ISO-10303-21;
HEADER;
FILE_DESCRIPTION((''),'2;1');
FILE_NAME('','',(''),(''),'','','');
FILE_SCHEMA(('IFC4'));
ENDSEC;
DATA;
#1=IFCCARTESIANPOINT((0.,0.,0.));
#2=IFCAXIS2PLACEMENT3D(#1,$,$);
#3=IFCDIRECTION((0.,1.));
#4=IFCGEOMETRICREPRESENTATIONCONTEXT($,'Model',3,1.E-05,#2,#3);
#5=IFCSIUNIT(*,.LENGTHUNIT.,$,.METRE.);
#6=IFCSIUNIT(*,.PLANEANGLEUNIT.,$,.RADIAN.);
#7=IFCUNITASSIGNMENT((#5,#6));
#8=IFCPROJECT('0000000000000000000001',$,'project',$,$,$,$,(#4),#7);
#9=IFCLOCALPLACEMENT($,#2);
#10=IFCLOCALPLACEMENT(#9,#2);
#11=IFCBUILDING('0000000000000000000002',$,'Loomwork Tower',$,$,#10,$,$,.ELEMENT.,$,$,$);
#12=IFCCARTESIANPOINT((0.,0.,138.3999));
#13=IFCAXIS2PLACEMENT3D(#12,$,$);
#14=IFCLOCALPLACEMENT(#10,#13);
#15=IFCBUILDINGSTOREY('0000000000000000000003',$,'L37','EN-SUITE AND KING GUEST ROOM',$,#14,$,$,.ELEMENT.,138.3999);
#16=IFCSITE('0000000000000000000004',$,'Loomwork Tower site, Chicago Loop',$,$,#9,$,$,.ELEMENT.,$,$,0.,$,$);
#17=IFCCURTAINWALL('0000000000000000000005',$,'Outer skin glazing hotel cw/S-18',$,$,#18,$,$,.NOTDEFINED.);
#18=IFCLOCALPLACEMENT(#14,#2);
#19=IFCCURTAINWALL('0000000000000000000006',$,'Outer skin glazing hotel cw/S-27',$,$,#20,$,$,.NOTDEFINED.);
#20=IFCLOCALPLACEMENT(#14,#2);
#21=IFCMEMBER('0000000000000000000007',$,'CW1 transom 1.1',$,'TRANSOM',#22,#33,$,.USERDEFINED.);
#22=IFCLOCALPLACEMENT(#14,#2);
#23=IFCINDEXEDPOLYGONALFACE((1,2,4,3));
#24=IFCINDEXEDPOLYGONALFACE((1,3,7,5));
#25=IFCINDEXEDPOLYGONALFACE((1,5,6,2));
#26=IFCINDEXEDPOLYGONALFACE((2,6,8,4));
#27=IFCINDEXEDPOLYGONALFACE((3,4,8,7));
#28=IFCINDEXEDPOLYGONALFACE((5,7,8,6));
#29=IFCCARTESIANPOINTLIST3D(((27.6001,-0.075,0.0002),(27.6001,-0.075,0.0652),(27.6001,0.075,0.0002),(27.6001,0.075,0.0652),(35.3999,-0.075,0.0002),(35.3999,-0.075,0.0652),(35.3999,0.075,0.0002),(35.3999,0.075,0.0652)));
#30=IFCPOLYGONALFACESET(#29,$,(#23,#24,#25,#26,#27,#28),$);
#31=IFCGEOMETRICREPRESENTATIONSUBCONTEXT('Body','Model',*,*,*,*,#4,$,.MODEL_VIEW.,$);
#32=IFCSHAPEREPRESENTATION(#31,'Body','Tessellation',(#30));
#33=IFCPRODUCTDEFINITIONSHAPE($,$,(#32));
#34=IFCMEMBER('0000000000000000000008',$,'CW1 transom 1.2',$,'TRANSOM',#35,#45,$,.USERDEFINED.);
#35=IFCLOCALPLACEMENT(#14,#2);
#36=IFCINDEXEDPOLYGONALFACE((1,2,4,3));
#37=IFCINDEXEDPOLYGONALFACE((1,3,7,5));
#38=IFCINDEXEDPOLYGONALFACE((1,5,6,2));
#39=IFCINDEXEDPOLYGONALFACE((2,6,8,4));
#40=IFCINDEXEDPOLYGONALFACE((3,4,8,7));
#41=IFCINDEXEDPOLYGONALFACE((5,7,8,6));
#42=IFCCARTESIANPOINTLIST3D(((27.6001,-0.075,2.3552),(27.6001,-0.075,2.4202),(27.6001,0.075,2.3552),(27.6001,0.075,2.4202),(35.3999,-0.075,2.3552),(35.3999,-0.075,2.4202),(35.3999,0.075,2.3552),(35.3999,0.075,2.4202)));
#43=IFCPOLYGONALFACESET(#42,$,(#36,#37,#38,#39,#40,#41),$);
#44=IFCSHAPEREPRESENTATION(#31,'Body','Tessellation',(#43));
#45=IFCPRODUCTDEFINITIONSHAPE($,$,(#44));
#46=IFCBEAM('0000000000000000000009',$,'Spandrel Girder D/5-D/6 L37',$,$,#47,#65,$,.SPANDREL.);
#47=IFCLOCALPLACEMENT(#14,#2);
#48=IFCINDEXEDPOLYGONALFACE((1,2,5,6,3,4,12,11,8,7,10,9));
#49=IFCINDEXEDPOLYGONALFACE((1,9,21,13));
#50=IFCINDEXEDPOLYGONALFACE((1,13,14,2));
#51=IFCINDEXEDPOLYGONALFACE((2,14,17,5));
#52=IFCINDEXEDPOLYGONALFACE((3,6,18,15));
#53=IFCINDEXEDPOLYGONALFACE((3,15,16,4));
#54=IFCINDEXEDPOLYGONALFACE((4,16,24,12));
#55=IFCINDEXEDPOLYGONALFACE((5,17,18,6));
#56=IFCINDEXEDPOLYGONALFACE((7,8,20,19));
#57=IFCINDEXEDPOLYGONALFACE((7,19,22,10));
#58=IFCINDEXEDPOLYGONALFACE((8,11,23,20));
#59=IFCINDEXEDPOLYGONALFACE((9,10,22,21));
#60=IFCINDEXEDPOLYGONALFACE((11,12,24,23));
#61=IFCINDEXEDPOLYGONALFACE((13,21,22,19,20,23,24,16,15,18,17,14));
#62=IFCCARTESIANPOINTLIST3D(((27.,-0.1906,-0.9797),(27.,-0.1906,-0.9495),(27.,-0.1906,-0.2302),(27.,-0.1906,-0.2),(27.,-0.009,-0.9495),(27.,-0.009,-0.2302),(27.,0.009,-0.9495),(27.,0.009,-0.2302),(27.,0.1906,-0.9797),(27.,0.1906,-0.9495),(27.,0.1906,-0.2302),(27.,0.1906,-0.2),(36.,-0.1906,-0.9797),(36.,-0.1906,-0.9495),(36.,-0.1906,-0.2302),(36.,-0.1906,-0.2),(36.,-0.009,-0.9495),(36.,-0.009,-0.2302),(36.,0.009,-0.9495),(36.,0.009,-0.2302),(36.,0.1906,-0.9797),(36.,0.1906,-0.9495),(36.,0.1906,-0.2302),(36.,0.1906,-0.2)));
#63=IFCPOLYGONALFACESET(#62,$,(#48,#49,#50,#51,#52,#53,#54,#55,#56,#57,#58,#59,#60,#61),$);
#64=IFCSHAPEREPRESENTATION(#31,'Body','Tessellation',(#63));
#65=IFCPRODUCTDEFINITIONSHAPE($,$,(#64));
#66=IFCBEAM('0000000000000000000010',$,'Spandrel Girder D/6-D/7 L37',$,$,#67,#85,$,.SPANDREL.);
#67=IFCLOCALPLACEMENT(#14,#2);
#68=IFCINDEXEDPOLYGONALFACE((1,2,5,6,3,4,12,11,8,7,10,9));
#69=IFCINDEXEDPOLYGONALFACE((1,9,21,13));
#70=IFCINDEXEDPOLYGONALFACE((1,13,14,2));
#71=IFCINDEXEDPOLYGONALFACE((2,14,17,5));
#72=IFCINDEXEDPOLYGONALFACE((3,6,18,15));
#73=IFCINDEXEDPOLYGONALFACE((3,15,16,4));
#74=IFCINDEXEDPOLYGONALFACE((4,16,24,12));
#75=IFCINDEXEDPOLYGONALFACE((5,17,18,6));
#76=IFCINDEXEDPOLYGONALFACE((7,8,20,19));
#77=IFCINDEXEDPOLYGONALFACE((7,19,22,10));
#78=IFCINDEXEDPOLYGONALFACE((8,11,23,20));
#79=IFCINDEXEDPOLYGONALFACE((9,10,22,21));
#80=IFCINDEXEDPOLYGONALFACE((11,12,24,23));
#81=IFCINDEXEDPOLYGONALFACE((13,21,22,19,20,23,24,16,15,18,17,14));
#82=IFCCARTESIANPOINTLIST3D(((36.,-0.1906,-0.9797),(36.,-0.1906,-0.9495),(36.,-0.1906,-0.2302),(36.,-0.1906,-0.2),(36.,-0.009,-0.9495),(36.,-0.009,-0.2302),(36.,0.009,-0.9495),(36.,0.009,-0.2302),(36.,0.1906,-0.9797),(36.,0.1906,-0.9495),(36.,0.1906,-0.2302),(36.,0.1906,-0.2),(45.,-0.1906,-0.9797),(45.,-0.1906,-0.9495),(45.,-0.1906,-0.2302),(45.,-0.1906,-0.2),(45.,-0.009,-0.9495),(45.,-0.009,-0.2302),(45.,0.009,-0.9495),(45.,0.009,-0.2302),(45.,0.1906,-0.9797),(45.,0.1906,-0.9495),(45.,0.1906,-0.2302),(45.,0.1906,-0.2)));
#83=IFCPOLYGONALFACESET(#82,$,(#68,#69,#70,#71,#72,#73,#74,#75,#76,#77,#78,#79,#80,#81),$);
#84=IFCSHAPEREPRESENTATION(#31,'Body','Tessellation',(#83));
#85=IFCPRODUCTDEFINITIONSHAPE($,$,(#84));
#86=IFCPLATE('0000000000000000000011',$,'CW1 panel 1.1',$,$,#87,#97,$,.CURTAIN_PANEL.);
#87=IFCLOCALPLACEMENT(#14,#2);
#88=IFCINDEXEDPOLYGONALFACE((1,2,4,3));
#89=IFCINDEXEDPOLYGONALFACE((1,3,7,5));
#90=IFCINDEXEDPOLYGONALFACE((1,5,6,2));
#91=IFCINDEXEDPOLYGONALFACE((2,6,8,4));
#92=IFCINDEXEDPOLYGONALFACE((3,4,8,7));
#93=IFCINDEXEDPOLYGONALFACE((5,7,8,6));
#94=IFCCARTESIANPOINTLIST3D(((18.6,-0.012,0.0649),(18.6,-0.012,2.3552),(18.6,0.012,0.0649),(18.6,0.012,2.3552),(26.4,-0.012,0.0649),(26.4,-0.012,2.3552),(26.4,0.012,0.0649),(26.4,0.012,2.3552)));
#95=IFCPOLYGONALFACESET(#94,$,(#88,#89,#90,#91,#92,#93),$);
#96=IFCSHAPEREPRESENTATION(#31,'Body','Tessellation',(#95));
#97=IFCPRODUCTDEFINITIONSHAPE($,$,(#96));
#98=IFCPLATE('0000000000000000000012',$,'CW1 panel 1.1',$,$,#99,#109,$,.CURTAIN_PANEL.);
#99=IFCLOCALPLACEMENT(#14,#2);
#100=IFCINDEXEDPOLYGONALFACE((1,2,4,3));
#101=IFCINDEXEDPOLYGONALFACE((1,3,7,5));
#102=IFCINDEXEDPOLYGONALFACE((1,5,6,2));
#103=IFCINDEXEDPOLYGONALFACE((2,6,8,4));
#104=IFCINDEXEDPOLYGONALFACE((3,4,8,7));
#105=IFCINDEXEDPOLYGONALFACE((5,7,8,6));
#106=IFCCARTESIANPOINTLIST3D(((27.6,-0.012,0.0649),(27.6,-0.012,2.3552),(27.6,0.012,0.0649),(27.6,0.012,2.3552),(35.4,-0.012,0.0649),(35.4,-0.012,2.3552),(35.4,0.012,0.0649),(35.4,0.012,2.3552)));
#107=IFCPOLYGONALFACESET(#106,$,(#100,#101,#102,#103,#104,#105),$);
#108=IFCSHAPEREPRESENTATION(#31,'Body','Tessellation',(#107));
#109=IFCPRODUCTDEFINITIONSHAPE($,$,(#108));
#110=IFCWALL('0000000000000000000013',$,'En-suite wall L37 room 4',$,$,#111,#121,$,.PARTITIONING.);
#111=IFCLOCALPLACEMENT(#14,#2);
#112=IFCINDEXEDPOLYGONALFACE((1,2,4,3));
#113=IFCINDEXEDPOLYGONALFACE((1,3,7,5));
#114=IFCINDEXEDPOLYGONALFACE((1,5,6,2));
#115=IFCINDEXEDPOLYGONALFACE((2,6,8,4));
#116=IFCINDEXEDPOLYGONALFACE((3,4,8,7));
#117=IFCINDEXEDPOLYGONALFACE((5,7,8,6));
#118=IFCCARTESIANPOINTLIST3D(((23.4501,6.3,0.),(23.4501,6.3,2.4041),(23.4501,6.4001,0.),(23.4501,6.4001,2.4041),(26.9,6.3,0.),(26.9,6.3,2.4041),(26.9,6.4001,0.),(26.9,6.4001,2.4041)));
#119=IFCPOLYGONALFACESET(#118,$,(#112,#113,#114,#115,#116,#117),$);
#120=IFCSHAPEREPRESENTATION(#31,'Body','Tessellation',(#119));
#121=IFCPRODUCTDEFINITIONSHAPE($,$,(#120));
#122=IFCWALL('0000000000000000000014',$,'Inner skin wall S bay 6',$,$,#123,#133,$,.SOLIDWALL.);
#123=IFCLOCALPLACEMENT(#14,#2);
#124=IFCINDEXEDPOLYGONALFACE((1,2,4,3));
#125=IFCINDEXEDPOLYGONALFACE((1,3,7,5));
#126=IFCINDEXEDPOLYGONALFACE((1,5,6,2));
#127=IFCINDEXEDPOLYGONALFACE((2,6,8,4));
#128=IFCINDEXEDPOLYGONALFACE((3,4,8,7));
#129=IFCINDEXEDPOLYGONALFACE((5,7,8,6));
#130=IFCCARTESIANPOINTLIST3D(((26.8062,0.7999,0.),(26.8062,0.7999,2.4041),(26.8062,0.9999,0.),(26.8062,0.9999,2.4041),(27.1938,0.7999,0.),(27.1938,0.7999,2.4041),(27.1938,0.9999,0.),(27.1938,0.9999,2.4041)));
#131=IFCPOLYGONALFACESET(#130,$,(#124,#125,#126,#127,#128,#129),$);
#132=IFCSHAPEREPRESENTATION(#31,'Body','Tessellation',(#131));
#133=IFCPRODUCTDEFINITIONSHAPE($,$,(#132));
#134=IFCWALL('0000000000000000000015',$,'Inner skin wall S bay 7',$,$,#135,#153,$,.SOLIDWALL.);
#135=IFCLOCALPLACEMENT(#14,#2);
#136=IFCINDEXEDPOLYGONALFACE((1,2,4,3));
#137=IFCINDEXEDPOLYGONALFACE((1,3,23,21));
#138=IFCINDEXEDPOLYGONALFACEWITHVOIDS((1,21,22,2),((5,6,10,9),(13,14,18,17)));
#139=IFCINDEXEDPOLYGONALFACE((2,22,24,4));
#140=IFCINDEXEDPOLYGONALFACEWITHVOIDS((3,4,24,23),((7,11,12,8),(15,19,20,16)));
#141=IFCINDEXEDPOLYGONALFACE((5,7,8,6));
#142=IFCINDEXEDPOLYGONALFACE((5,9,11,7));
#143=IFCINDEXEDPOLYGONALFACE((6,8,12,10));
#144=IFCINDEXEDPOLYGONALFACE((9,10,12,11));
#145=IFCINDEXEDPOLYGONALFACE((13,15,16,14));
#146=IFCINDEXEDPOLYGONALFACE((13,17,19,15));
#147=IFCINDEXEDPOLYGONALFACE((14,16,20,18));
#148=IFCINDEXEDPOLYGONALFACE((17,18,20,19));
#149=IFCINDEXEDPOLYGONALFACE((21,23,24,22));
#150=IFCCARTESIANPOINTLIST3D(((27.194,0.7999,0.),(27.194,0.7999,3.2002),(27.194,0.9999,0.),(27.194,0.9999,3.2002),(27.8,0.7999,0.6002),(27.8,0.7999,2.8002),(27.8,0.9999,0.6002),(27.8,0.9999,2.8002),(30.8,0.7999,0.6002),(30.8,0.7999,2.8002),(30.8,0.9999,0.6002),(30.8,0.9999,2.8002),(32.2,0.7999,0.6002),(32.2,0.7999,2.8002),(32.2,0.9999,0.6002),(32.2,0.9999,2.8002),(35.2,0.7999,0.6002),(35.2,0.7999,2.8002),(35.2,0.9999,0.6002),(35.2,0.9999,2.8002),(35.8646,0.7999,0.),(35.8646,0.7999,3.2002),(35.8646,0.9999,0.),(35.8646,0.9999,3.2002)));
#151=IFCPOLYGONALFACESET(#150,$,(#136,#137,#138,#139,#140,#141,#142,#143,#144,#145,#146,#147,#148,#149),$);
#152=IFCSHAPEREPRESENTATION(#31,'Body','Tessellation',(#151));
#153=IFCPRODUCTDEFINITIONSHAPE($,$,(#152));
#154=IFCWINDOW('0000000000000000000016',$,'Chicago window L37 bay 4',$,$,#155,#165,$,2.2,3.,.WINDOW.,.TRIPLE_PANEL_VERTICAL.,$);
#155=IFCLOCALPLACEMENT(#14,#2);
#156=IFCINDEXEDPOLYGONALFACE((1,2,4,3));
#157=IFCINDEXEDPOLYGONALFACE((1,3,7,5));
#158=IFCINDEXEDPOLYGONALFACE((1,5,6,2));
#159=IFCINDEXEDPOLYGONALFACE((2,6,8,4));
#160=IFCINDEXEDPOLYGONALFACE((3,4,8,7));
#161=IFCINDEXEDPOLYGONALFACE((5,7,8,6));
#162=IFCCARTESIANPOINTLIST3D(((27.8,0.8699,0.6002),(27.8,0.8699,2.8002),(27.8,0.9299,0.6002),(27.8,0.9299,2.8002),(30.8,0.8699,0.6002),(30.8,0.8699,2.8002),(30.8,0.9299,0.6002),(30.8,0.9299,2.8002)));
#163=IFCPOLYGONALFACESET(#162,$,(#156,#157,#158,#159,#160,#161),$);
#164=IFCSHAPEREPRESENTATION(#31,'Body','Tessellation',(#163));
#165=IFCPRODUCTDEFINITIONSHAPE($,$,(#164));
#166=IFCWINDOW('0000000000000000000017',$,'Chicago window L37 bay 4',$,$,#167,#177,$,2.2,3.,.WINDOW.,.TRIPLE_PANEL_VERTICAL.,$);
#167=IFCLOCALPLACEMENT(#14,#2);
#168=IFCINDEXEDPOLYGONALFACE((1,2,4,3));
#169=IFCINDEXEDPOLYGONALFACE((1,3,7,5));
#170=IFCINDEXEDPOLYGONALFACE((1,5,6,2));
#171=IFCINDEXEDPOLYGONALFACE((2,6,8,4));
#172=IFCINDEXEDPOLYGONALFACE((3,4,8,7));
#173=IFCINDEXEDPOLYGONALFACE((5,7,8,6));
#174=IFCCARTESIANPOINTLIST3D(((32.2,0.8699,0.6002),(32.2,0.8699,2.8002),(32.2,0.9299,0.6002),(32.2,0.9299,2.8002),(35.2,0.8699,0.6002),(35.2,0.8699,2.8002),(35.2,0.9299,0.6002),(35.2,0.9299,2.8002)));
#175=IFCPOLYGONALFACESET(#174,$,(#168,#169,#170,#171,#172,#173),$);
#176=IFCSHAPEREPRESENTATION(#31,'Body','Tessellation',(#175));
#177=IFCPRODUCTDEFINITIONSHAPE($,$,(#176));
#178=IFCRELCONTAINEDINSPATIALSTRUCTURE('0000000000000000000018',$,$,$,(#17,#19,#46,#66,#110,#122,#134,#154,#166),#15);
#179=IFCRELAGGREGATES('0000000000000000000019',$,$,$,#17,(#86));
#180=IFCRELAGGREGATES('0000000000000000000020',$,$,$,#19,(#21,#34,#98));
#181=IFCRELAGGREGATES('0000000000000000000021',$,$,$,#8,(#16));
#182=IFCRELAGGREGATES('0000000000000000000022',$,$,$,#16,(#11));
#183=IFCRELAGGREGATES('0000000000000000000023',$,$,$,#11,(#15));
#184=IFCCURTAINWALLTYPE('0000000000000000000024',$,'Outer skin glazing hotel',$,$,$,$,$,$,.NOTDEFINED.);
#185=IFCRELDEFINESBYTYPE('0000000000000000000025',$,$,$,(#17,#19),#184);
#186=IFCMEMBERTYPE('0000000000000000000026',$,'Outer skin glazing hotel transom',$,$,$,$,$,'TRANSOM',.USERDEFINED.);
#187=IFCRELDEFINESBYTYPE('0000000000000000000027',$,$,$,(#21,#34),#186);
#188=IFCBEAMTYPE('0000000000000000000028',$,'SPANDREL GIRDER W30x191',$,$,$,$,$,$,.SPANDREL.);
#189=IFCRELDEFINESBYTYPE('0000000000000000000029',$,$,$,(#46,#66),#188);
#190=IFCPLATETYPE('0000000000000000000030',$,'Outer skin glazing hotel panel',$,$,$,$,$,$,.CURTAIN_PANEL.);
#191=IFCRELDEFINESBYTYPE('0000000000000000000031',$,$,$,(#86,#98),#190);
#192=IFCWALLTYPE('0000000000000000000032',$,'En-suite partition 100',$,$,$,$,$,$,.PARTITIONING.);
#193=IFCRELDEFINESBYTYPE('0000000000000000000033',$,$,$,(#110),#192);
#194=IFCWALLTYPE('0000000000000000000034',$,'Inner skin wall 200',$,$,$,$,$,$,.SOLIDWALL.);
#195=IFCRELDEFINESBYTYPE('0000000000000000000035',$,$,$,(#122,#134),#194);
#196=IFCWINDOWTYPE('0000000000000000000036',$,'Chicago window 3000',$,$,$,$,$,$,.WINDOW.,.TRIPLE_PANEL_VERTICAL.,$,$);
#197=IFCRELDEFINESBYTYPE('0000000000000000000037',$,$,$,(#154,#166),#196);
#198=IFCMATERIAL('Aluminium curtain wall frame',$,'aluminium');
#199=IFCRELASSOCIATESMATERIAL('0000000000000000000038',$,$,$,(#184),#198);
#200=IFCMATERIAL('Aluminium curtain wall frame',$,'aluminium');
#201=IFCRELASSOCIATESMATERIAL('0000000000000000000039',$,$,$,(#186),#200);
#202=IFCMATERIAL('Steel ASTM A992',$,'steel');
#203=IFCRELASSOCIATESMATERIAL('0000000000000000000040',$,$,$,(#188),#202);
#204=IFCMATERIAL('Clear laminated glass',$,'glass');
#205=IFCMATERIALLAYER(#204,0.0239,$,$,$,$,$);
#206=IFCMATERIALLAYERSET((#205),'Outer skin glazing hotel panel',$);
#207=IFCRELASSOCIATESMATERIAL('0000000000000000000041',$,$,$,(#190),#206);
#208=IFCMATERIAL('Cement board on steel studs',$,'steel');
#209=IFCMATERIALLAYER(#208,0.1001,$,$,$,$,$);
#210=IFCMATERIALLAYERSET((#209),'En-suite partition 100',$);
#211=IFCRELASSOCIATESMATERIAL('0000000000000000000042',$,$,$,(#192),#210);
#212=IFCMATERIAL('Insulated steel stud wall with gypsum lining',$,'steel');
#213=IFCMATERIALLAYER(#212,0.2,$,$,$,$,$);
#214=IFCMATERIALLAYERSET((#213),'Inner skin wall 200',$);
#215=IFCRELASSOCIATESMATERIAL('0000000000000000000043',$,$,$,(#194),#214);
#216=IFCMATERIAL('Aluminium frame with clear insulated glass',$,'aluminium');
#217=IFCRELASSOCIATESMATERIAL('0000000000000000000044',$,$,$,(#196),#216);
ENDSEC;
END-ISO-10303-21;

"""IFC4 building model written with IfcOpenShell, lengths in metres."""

from ifc_helpers import new_model, si_unit, direction, frame, frame_2d, origin, origin_2d, place, context, subcontext, project, spatial, rectangle, i_section, extrude, material, layer, layer_set, material_profile, profile_set, type_object, element, fill, aggregate, save


model = new_model("IFC4")

# Units and contexts
model_context = context("Model", 3, precision=1e-05, world=origin(), true_north=direction((0.0, 1.0)))
body_context = subcontext(model_context, "Body", "Model", "MODEL_VIEW")
ifc_project = project(units=[si_unit("LENGTHUNIT", "METRE"), si_unit("PLANEANGLEUNIT", "RADIAN")], contexts=[model_context])

# Site, building, storey
site_placement = place(None, origin())
site = spatial("IfcSite", under=ifc_project, at=site_placement, Name="Loomwork Tower site, Chicago Loop", CompositionType="ELEMENT", RefElevation=0.0)
building_placement = place(site_placement, origin())
building = spatial("IfcBuilding", under=site, at=building_placement, Name="Loomwork Tower", CompositionType="ELEMENT")
storey_placement = place(building_placement, frame((0.0, 0.0, 138.3999)))
storey = spatial("IfcBuildingStorey", under=building, at=storey_placement, Name="L37", Description="EN-SUITE AND KING GUEST ROOM", CompositionType="ELEMENT", Elevation=138.3999)

# Curtain walls
ifc_material_1 = material(Name="Aluminium curtain wall frame", Category="aluminium")
curtain_wall_type = type_object("IfcCurtainWallType", Name="Outer skin glazing hotel", PredefinedType="NOTDEFINED", material=ifc_material_1)
curtain_wall_1_placement = place(storey_placement, origin())
curtain_wall_1 = element("IfcCurtainWall", 1, at=curtain_wall_1_placement, inside=storey, type_object=curtain_wall_type, Name="Outer skin glazing hotel cw/S-18", PredefinedType="NOTDEFINED")
curtain_wall_2_placement = place(storey_placement, origin())
curtain_wall_2 = element("IfcCurtainWall", 2, at=curtain_wall_2_placement, inside=storey, type_object=curtain_wall_type, Name="Outer skin glazing hotel cw/S-27", PredefinedType="NOTDEFINED")

# Members
ifc_material_2 = material(Name="Aluminium curtain wall frame", Category="aluminium")
ifc_material_profile_1 = material_profile(ifc_material_2, rectangle(XDim=0.1499, YDim=0.0649, at=origin_2d()), Name="AL 65x150")
ifc_profile_set_1 = profile_set([ifc_material_profile_1], Name="Aluminium curtain wall frame")
member_type_1 = type_object("IfcMemberType", Name="Outer skin glazing hotel transom", ElementType="TRANSOM", PredefinedType="USERDEFINED", material=ifc_profile_set_1)
member_1_placement = place(storey_placement, frame((27.6001, 0.0, 0.0327), z_axis=(1.0, 0.0, 0.0), x_axis=(0.0, 1.0, 0.0)))
member_1 = element("IfcMember", 3, at=member_1_placement, type_object=member_type_1, Name="CW1 transom 1.1", ObjectType="TRANSOM", PredefinedType="USERDEFINED", context=body_context, shape_type="SweptSolid", body=[
    extrude(rectangle(XDim=0.1499, YDim=0.0649, at=origin_2d()), origin(), (0.0, 0.0, 1.0), 7.7998),
])
member_2_placement = place(storey_placement, frame((27.6001, 0.0, 2.3877), z_axis=(1.0, 0.0, 0.0), x_axis=(0.0, 1.0, 0.0)))
member_2 = element("IfcMember", 4, at=member_2_placement, type_object=member_type_1, Name="CW1 transom 1.2", ObjectType="TRANSOM", PredefinedType="USERDEFINED", context=body_context, shape_type="SweptSolid", body=[
    extrude(rectangle(XDim=0.1499, YDim=0.0649, at=origin_2d()), origin(), (0.0, 0.0, 1.0), 7.7998),
])

# Beams
ifc_material_3 = material(Name="Steel ASTM A992", Category="steel")
ifc_material_profile_2 = material_profile(ifc_material_3, i_section(OverallWidth=0.3811, OverallDepth=0.7798, WebThickness=0.0181, FlangeThickness=0.0303, at=origin_2d()), Name="W30x191")
ifc_profile_set_2 = profile_set([ifc_material_profile_2], Name="Steel ASTM A992")
beam_type_1 = type_object("IfcBeamType", Name="SPANDREL GIRDER W30x191", PredefinedType="SPANDREL", material=ifc_profile_set_2)
for number, where, z_axis, x_axis, name in (
    (5, (27.0, 0.0, -0.5898), (1.0, 0.0, 0.0), (0.0, 1.0, 0.0), "Spandrel Girder D/5-D/6 L37"),
    (6, (36.0, 0.0, -0.5898), (1.0, 0.0, 0.0), (0.0, 1.0, 0.0), "Spandrel Girder D/6-D/7 L37"),
):
    element("IfcBeam", number, at=place(storey_placement, frame(where, z_axis=z_axis, x_axis=x_axis)), inside=storey, type_object=beam_type_1, Name=name, PredefinedType="SPANDREL", context=body_context, shape_type="SweptSolid", body=[
        extrude(i_section(OverallWidth=0.3811, OverallDepth=0.7798, WebThickness=0.0181, FlangeThickness=0.0303, at=origin_2d()), origin(), (0.0, 0.0, 1.0), 9.0),
    ])

# Plates
ifc_material_4 = material(Name="Clear laminated glass", Category="glass")
ifc_layer_1 = layer(ifc_material_4, 0.0239)
ifc_layer_set_1 = layer_set([ifc_layer_1], Name="Outer skin glazing hotel panel")
plate_type = type_object("IfcPlateType", Name="Outer skin glazing hotel panel", PredefinedType="CURTAIN_PANEL", material=ifc_layer_set_1)
plate_1_placement = place(storey_placement, frame((22.5, 0.0, 0.0649), z_axis=(0.0, 0.0, 1.0), x_axis=(1.0, 0.0, 0.0)))
plate_1 = element("IfcPlate", 7, at=plate_1_placement, type_object=plate_type, Name="CW1 panel 1.1", PredefinedType="CURTAIN_PANEL", context=body_context, shape_type="SweptSolid", body=[
    extrude(rectangle(XDim=7.8, YDim=0.0239, at=origin_2d()), origin(), (0.0, 0.0, 1.0), 2.2903),
])
aggregate(curtain_wall_1, [plate_1])
plate_2_placement = place(storey_placement, frame((31.5, 0.0, 0.0649), z_axis=(0.0, 0.0, 1.0), x_axis=(1.0, 0.0, 0.0)))
plate_2 = element("IfcPlate", 8, at=plate_2_placement, type_object=plate_type, Name="CW1 panel 1.1", PredefinedType="CURTAIN_PANEL", context=body_context, shape_type="SweptSolid", body=[
    extrude(rectangle(XDim=7.8, YDim=0.0239, at=origin_2d()), origin(), (0.0, 0.0, 1.0), 2.2903),
])
aggregate(curtain_wall_2, [member_1, member_2, plate_2])

# Walls
ifc_material_5 = material(Name="Cement board on steel studs", Category="steel")
ifc_layer_2 = layer(ifc_material_5, 0.1001)
ifc_layer_set_2 = layer_set([ifc_layer_2], Name="En-suite partition 100")
wall_type_1 = type_object("IfcWallType", Name="En-suite partition 100", PredefinedType="PARTITIONING", material=ifc_layer_set_2)
wall_1_placement = place(storey_placement, frame((23.45, 6.3501, 0.0), z_axis=(0.0, 0.0, 1.0), x_axis=(1.0, 0.0, 0.0)))
element("IfcWall", 9, at=wall_1_placement, inside=storey, type_object=wall_type_1, Name="En-suite wall L37 room 4", PredefinedType="PARTITIONING", context=body_context, shape_type="SweptSolid", body=[
    extrude(rectangle(XDim=3.45, YDim=0.1001, at=frame_2d((1.7251, 0.0))), origin(), (0.0, 0.0, 1.0), 2.4041),
])
ifc_material_6 = material(Name="Insulated steel stud wall with gypsum lining", Category="steel")
ifc_layer_3 = layer(ifc_material_6, 0.2)
ifc_layer_set_3 = layer_set([ifc_layer_3], Name="Inner skin wall 200")
wall_type_2 = type_object("IfcWallType", Name="Inner skin wall 200", PredefinedType="SOLIDWALL", material=ifc_layer_set_3)
wall_2_placement = place(storey_placement, frame((26.8062, 0.8999, 0.0), z_axis=(0.0, 0.0, 1.0), x_axis=(1.0, 0.0, 0.0)))
element("IfcWall", 10, at=wall_2_placement, inside=storey, type_object=wall_type_2, Name="Inner skin wall S bay 6", PredefinedType="SOLIDWALL", context=body_context, shape_type="SweptSolid", body=[
    extrude(rectangle(XDim=0.3877, YDim=0.2, at=frame_2d((0.1938, 0.0))), origin(), (0.0, 0.0, 1.0), 2.4041),
])

# Wall, openings, windows
wall_3_placement = place(storey_placement, frame((27.1938, 0.8999, 0.0), z_axis=(0.0, 0.0, 1.0), x_axis=(1.0, 0.0, 0.0)))
wall_3 = element("IfcWall", 11, at=wall_3_placement, inside=storey, type_object=wall_type_2, Name="Inner skin wall S bay 7", PredefinedType="SOLIDWALL", context=body_context, shape_type="SweptSolid", body=[
    extrude(rectangle(XDim=8.6707, YDim=0.2, at=frame_2d((4.3354, 0.0))), origin(), (0.0, 0.0, 1.0), 3.2002),
])
opening_1_placement = place(wall_3_placement, frame((0.6062, 0.0, 0.6001)))
opening_1 = element("IfcOpeningElement", 12, at=opening_1_placement, cuts=wall_3, PredefinedType="OPENING", context=body_context, shape_type="SweptSolid", body=[
    extrude(rectangle(XDim=3.0, YDim=2.2, at=frame_2d((1.5, 1.1001))), frame((0.0, 0.1099, 0.0), z_axis=(0.0, -1.0, 0.0), x_axis=(1.0, 0.0, 0.0)), (0.0, 0.0, 1.0), 0.22),
])
opening_2_placement = place(wall_3_placement, frame((5.0061, 0.0, 0.6001)))
opening_2 = element("IfcOpeningElement", 13, at=opening_2_placement, cuts=wall_3, PredefinedType="OPENING", context=body_context, shape_type="SweptSolid", body=[
    extrude(rectangle(XDim=3.0, YDim=2.2, at=frame_2d((1.5, 1.1001))), frame((0.0, 0.1099, 0.0), z_axis=(0.0, -1.0, 0.0), x_axis=(1.0, 0.0, 0.0)), (0.0, 0.0, 1.0), 0.22),
])
ifc_material_7 = material(Name="Aluminium frame with clear insulated glass", Category="aluminium")
window_type = type_object("IfcWindowType", Name="Chicago window 3000", PartitioningType="TRIPLE_PANEL_VERTICAL", PredefinedType="WINDOW", material=ifc_material_7)
window_1_placement = place(opening_1_placement, origin())
window_1 = element("IfcWindow", 14, at=window_1_placement, inside=storey, type_object=window_type, Name="Chicago window L37 bay 4", OverallHeight=2.2, OverallWidth=3.0, PartitioningType="TRIPLE_PANEL_VERTICAL", PredefinedType="WINDOW", context=body_context, shape_type="SweptSolid", body=[
    extrude(rectangle(XDim=3.0, YDim=2.2, at=frame_2d((1.5, 1.1001))), frame((0.0, 0.03, 0.0), z_axis=(0.0, -1.0, 0.0), x_axis=(1.0, 0.0, 0.0)), (0.0, 0.0, 1.0), 0.0601),
])
fill(opening_1, window_1)
window_2_placement = place(opening_2_placement, origin())
window_2 = element("IfcWindow", 15, at=window_2_placement, inside=storey, type_object=window_type, Name="Chicago window L37 bay 4", OverallHeight=2.2, OverallWidth=3.0, PartitioningType="TRIPLE_PANEL_VERTICAL", PredefinedType="WINDOW", context=body_context, shape_type="SweptSolid", body=[
    extrude(rectangle(XDim=3.0, YDim=2.2, at=frame_2d((1.5, 1.1001))), frame((0.0, 0.03, 0.0), z_axis=(0.0, -1.0, 0.0), x_axis=(1.0, 0.0, 0.0)), (0.0, 0.0, 1.0), 0.0601),
])
fill(opening_2, window_2)

save(model, "model.ifc")
